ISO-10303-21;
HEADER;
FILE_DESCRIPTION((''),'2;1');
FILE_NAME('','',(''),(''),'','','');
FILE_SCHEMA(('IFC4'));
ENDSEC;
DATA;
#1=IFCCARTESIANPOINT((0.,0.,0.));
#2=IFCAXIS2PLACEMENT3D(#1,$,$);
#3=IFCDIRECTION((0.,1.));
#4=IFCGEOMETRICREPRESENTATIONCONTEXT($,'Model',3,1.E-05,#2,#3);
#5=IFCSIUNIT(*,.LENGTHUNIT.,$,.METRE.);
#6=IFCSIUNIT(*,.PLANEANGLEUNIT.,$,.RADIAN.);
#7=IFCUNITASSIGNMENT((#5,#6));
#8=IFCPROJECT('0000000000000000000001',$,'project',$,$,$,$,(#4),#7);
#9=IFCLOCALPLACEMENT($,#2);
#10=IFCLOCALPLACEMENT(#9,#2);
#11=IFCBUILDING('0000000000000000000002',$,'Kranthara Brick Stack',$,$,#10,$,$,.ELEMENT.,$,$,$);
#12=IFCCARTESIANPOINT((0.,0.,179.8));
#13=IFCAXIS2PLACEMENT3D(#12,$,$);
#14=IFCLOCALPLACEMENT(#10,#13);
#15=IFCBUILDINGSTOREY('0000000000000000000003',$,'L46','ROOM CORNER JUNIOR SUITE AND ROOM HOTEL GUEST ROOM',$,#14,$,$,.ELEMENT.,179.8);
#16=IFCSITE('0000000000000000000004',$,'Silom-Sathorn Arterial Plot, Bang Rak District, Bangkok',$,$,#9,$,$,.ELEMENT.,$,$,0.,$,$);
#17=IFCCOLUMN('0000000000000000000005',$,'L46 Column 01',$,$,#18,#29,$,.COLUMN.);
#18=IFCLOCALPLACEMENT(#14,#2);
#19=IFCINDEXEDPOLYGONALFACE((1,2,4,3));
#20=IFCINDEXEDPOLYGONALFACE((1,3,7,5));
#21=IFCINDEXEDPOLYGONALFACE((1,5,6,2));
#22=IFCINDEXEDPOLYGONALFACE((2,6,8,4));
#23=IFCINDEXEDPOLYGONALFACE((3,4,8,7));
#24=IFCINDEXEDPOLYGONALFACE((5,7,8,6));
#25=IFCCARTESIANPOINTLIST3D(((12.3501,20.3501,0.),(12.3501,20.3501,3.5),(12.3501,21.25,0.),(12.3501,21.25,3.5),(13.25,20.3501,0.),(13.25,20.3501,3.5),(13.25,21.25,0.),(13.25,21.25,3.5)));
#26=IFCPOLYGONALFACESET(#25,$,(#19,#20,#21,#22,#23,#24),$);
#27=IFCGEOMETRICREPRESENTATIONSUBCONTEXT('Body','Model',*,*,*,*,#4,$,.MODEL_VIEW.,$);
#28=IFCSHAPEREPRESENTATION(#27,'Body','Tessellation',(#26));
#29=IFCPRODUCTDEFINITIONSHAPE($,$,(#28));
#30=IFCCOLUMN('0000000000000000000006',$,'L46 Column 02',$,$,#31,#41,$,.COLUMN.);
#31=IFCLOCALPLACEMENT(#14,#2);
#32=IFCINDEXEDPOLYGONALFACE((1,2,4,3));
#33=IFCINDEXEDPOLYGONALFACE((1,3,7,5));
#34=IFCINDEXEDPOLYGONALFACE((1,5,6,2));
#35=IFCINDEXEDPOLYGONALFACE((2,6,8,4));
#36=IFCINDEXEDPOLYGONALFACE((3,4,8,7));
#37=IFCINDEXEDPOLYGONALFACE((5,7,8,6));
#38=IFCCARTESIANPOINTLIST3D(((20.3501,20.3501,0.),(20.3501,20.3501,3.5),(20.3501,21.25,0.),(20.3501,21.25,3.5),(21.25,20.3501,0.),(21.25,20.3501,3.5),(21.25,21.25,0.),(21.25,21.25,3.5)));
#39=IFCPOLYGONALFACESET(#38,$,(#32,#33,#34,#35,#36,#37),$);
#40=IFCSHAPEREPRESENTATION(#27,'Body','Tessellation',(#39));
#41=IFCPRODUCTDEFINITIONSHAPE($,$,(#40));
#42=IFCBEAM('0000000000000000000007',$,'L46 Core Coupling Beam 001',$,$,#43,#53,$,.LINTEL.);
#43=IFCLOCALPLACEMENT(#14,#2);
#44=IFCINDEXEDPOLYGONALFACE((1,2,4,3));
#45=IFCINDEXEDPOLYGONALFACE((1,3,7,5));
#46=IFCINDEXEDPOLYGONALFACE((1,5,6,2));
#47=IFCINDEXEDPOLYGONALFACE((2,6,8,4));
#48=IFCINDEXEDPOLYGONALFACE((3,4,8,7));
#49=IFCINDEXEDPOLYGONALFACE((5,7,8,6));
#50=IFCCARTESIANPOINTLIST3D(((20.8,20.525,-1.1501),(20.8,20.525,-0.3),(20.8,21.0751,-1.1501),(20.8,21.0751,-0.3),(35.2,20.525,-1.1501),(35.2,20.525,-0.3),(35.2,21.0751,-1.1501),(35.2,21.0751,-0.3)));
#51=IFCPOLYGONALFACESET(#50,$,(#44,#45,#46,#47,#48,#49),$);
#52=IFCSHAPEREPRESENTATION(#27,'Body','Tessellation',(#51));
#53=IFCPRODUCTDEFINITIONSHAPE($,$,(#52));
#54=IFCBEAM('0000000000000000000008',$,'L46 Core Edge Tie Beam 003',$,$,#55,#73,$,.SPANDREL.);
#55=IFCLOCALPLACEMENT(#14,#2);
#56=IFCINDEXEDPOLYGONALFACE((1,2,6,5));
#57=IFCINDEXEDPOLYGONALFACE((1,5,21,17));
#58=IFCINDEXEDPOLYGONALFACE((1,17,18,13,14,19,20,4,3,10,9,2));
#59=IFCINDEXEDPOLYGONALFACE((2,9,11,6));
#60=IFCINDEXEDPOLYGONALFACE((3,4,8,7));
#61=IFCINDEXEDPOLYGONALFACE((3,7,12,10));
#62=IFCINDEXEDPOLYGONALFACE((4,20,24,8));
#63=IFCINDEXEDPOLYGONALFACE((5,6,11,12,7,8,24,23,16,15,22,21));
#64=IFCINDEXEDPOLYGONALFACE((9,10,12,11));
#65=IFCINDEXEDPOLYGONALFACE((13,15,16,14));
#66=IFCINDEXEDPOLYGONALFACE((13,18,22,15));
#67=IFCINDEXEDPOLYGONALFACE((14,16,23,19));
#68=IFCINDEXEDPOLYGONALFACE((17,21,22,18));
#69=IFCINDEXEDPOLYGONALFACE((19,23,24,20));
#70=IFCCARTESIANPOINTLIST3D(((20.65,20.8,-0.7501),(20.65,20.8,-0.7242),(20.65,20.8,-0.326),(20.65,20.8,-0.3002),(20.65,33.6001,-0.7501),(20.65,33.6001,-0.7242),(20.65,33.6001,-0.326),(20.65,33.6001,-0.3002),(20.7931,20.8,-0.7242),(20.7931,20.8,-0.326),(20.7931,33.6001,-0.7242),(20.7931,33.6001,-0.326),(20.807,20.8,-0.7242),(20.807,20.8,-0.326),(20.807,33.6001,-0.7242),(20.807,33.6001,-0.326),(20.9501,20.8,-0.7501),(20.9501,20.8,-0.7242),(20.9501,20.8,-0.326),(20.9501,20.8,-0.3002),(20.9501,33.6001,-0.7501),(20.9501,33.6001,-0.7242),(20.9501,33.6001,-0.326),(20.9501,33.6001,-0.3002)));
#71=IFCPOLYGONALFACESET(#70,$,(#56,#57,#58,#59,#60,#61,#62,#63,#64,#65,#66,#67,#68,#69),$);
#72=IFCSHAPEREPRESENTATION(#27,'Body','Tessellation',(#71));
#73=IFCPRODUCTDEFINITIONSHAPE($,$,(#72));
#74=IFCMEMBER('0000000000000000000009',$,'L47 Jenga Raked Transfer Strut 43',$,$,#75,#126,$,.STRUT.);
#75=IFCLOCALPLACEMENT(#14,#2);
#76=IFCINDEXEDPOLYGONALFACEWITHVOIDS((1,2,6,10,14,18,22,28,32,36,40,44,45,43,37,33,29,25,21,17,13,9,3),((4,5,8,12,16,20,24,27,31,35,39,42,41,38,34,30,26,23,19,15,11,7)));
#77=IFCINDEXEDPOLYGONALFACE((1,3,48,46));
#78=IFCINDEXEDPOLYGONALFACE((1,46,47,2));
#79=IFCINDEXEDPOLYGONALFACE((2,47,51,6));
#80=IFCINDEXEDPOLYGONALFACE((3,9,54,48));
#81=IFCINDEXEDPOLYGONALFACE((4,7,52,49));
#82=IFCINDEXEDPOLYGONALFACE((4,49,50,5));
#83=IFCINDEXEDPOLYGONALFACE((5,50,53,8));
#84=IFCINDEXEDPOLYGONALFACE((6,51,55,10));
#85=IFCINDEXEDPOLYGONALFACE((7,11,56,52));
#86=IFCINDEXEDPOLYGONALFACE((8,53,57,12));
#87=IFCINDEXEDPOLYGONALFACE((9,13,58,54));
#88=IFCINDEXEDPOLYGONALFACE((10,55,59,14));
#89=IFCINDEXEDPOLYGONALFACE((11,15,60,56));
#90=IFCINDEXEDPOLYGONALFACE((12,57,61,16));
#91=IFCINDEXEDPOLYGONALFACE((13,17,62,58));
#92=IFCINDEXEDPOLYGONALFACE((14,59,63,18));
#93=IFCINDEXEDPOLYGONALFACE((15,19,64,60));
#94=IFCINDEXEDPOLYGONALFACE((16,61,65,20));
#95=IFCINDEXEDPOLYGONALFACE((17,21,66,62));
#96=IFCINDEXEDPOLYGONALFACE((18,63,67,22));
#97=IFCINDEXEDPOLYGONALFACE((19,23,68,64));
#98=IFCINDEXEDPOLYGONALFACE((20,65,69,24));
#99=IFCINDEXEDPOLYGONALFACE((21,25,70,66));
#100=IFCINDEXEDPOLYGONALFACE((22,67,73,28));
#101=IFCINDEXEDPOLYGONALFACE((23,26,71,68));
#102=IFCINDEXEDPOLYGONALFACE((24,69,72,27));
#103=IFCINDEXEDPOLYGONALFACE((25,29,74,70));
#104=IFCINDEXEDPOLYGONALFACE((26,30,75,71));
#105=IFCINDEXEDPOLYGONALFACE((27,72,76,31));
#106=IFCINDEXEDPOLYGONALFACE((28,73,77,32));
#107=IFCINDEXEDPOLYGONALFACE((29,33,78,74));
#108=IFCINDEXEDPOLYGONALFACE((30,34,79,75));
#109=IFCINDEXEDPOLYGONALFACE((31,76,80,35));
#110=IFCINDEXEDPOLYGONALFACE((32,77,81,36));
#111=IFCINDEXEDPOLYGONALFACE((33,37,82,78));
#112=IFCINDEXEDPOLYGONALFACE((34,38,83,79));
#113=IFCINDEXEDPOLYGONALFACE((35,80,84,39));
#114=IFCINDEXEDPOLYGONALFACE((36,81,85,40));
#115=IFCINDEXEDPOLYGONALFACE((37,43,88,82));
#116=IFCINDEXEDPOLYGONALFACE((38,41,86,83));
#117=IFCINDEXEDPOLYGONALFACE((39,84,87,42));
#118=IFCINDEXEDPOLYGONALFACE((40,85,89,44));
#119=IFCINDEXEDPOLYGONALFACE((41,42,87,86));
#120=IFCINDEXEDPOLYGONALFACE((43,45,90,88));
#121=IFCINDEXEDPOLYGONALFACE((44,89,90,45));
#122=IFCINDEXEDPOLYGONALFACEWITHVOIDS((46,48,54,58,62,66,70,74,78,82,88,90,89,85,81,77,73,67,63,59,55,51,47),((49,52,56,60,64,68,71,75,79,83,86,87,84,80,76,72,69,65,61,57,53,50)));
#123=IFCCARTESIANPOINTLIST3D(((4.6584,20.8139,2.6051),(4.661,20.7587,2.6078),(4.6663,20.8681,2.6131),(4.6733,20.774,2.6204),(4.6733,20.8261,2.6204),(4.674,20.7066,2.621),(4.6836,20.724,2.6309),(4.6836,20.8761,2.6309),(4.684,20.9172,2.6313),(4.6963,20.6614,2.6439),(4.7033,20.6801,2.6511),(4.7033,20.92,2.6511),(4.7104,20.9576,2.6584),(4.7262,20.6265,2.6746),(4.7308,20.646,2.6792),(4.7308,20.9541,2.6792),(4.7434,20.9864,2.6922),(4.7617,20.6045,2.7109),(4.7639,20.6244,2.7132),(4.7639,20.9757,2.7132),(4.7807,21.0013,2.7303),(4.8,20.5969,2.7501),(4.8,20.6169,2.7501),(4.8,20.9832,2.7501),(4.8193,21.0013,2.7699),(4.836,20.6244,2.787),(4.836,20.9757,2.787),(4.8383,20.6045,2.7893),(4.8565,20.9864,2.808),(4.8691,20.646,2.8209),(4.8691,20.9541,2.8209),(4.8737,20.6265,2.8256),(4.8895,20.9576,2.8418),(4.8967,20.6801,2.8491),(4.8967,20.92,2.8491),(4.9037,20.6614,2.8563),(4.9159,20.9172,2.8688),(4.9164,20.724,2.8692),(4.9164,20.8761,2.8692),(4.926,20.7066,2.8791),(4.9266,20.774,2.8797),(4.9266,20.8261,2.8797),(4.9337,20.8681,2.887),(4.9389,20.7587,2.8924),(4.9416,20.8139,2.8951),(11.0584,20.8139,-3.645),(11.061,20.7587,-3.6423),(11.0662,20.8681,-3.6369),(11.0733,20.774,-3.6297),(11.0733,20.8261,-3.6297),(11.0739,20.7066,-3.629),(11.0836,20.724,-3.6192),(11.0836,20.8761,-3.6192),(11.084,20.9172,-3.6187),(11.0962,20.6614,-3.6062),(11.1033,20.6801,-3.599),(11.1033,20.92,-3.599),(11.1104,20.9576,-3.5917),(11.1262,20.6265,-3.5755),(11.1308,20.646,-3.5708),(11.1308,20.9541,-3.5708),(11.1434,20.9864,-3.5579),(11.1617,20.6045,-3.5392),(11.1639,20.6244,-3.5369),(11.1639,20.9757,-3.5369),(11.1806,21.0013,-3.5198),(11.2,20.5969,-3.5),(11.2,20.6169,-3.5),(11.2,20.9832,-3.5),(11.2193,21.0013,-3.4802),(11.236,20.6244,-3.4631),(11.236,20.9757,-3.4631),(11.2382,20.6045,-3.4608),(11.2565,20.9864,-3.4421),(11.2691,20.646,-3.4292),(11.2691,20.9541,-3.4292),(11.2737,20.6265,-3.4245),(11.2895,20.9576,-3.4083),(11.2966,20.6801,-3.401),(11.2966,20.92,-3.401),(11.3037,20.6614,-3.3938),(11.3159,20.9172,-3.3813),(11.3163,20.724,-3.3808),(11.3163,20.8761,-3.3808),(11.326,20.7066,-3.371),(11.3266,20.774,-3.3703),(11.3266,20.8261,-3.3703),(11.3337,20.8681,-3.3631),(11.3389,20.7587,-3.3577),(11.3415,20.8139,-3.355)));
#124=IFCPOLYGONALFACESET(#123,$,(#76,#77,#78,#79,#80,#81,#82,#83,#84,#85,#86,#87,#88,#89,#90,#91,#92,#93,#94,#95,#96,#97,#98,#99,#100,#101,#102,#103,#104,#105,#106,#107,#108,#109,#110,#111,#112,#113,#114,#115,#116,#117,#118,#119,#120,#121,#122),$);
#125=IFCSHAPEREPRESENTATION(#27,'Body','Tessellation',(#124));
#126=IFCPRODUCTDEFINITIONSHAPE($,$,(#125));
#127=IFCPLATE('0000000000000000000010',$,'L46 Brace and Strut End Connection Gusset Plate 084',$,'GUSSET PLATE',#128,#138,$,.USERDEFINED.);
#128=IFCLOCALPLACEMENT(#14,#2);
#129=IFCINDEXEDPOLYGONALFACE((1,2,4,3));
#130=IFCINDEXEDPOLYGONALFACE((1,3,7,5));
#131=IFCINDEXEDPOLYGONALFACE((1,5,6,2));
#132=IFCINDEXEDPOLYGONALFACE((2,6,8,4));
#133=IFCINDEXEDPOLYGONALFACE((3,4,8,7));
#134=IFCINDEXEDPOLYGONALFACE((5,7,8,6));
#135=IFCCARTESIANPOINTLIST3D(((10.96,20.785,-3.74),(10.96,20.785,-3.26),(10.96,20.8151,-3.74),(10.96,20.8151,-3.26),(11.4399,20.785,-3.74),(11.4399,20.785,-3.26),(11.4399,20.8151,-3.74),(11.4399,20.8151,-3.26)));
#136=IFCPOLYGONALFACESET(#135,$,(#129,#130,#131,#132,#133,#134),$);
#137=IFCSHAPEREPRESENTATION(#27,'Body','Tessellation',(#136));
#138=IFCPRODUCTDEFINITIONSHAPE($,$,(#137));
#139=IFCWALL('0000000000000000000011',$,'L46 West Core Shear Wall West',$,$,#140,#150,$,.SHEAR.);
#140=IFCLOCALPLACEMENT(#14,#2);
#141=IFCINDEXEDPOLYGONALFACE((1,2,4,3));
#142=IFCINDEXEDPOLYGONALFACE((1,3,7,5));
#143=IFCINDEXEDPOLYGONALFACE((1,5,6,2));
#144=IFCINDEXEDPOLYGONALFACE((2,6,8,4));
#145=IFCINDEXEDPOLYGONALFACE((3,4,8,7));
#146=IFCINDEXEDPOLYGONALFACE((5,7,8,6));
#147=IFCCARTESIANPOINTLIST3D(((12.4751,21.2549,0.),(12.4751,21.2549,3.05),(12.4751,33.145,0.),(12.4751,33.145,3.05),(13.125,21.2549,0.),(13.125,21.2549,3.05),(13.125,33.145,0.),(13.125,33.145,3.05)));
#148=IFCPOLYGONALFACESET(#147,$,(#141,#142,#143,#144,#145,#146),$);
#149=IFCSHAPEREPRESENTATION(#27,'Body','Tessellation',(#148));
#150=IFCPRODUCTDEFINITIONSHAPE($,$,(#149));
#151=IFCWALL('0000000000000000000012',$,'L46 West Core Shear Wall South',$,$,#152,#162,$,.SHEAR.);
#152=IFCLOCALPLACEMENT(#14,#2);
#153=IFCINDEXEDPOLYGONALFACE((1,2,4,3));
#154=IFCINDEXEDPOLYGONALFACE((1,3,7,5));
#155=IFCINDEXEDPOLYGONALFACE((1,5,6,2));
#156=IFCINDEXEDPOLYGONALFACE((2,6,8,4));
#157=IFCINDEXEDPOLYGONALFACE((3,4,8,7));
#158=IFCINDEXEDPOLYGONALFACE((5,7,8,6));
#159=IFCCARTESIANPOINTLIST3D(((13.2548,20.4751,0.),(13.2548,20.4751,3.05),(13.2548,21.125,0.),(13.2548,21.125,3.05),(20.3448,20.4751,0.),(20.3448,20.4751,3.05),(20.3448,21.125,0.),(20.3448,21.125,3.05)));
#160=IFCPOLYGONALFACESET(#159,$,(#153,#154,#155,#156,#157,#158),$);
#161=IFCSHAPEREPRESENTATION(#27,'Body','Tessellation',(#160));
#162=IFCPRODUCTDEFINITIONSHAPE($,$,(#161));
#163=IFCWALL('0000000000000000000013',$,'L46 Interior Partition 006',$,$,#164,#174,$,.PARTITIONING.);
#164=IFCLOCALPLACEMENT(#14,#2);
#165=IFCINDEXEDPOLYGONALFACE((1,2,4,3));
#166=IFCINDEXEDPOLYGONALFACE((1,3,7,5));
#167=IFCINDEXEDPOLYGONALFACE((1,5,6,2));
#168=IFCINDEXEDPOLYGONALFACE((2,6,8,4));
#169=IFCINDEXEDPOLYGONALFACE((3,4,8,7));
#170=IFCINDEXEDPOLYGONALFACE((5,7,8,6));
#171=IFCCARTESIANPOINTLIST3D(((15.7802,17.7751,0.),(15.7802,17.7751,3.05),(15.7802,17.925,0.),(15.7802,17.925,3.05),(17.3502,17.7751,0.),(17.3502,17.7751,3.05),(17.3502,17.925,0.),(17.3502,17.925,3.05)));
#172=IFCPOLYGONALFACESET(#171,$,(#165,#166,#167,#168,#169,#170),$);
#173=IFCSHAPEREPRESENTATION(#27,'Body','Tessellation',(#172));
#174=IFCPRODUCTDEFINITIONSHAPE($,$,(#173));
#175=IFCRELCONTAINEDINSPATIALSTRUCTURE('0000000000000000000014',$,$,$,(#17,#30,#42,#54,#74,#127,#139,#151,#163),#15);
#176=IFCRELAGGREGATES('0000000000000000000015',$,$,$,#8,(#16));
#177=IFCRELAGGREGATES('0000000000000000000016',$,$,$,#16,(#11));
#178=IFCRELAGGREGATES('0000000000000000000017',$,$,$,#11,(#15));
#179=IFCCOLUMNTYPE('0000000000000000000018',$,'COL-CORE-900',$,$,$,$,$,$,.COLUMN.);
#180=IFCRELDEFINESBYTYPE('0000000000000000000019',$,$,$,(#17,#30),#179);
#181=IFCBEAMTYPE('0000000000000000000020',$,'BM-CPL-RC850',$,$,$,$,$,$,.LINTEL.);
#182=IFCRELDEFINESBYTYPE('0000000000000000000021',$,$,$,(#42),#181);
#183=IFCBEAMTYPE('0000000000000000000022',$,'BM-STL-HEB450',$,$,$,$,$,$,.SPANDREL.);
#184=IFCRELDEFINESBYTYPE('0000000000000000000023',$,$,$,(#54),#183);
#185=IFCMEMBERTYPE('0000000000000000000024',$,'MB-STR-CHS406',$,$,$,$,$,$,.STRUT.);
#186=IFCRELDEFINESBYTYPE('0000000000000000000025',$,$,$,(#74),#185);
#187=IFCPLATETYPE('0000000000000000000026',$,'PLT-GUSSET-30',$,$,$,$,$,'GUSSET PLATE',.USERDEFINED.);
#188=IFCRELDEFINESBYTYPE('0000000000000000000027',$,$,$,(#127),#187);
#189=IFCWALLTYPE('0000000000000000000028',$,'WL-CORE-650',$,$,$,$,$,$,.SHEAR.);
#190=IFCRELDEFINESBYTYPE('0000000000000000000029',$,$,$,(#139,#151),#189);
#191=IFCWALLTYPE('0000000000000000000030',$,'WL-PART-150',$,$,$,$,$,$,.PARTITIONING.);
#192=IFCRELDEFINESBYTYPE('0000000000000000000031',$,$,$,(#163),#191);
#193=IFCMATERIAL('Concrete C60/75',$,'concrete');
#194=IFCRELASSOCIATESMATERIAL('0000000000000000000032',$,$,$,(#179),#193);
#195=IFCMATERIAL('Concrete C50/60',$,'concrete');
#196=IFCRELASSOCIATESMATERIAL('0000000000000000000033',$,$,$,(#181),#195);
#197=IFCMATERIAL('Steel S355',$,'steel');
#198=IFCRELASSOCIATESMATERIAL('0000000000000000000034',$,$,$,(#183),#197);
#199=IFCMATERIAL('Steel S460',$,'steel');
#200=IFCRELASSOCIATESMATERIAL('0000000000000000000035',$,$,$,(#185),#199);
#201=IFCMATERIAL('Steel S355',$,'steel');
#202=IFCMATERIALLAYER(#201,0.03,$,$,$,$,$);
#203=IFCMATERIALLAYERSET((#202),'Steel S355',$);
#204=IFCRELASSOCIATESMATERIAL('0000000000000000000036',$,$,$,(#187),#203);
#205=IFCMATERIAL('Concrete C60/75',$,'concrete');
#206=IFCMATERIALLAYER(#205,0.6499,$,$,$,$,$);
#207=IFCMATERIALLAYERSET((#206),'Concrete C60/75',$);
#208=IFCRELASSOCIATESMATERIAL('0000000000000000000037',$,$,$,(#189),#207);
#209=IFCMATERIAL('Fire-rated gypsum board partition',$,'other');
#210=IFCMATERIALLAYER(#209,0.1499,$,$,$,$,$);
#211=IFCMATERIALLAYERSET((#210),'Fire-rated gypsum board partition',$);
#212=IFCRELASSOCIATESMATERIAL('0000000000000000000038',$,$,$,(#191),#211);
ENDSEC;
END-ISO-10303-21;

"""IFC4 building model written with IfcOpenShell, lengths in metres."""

from ifc_helpers import new_model, si_unit, direction, frame, frame_2d, origin, origin_2d, place, context, subcontext, project, spatial, rectangle, hollow_circle, i_section, extrude, material, layer, layer_set, material_profile, profile_set, type_object, element, save


model = new_model("IFC4")

# Units and contexts
model_context = context("Model", 3, precision=1e-05, world=origin(), true_north=direction((0.0, 1.0)))
body_context = subcontext(model_context, "Body", "Model", "MODEL_VIEW")
ifc_project = project(units=[si_unit("LENGTHUNIT", "METRE"), si_unit("PLANEANGLEUNIT", "RADIAN")], contexts=[model_context])

# Site, building, storey
site_placement = place(None, origin())
site = spatial("IfcSite", under=ifc_project, at=site_placement, Name="Silom-Sathorn Arterial Plot, Bang Rak District, Bangkok", CompositionType="ELEMENT", RefElevation=0.0)
building_placement = place(site_placement, origin())
building = spatial("IfcBuilding", under=site, at=building_placement, Name="Kranthara Brick Stack", CompositionType="ELEMENT")
storey_placement = place(building_placement, frame((0.0, 0.0, 179.8)))
storey = spatial("IfcBuildingStorey", under=building, at=storey_placement, Name="L46", Description="ROOM CORNER JUNIOR SUITE AND ROOM HOTEL GUEST ROOM", CompositionType="ELEMENT", Elevation=179.8)

# Columns
ifc_material_1 = material(Name="Concrete C60/75", Category="concrete")
ifc_material_profile_1 = material_profile(ifc_material_1, rectangle(XDim=0.8999, YDim=0.8999, at=origin_2d()), Name="RC 900x900")
ifc_profile_set_1 = profile_set([ifc_material_profile_1], Name="Concrete C60/75")
column_type = type_object("IfcColumnType", Name="COL-CORE-900", PredefinedType="COLUMN", material=ifc_profile_set_1)
for number, where, z_axis, x_axis, name in (
    (1, (12.8, 20.8, 0.0), (0.0, 0.0, 1.0), (1.0, 0.0, 0.0), "L46 Column 01"),
    (2, (20.8, 20.8, 0.0), (0.0, 0.0, 1.0), (1.0, 0.0, 0.0), "L46 Column 02"),
):
    element("IfcColumn", number, at=place(storey_placement, frame(where, z_axis=z_axis, x_axis=x_axis)), inside=storey, type_object=column_type, Name=name, PredefinedType="COLUMN", context=body_context, shape_type="SweptSolid", body=[
        extrude(rectangle(XDim=0.8999, YDim=0.8999, at=origin_2d()), origin(), (0.0, 0.0, 1.0), 3.5),
    ])

# Beams
ifc_material_2 = material(Name="Concrete C50/60", Category="concrete")
ifc_material_profile_2 = material_profile(ifc_material_2, rectangle(XDim=0.55, YDim=0.8501, at=origin_2d()), Name="RC 550x850")
ifc_profile_set_2 = profile_set([ifc_material_profile_2], Name="Concrete C50/60")
beam_type_1 = type_object("IfcBeamType", Name="BM-CPL-RC850", PredefinedType="LINTEL", material=ifc_profile_set_2)
beam_1_placement = place(storey_placement, frame((20.8, 20.8, -0.7251), z_axis=(1.0, 0.0, 0.0), x_axis=(0.0, 1.0, 0.0)))
element("IfcBeam", 3, at=beam_1_placement, inside=storey, type_object=beam_type_1, Name="L46 Core Coupling Beam 001", PredefinedType="LINTEL", context=body_context, shape_type="SweptSolid", body=[
    extrude(rectangle(XDim=0.55, YDim=0.8501, at=origin_2d()), origin(), (0.0, 0.0, 1.0), 14.3999),
])
ifc_material_3 = material(Name="Steel S355", Category="steel")
ifc_material_profile_3 = material_profile(ifc_material_3, i_section(OverallWidth=0.3, OverallDepth=0.45, WebThickness=0.0139, FlangeThickness=0.0259, at=origin_2d()), Name="HEB 450")
ifc_profile_set_3 = profile_set([ifc_material_profile_3], Name="Steel S355")
beam_type_2 = type_object("IfcBeamType", Name="BM-STL-HEB450", PredefinedType="SPANDREL", material=ifc_profile_set_3)
beam_2_placement = place(storey_placement, frame((20.8, 20.8, -0.5251), z_axis=(0.0, 1.0, 0.0), x_axis=(-1.0, 0.0, 0.0)))
element("IfcBeam", 4, at=beam_2_placement, inside=storey, type_object=beam_type_2, Name="L46 Core Edge Tie Beam 003", PredefinedType="SPANDREL", context=body_context, shape_type="SweptSolid", body=[
    extrude(i_section(OverallWidth=0.3, OverallDepth=0.45, WebThickness=0.0139, FlangeThickness=0.0259, at=origin_2d()), origin(), (0.0, 0.0, 1.0), 12.8),
])

# Member
ifc_material_4 = material(Name="Steel S460", Category="steel")
ifc_material_profile_4 = material_profile(ifc_material_4, hollow_circle(Radius=0.2031, WallThickness=0.02, at=origin_2d()), Name="CHS 406.4x20")
ifc_profile_set_4 = profile_set([ifc_material_profile_4], Name="Steel S460")
member_type = type_object("IfcMemberType", Name="MB-STR-CHS406", PredefinedType="STRUT", material=ifc_profile_set_4)
member_placement = place(storey_placement, frame((11.2, 20.8, -3.5), z_axis=(-0.715436, 0.0, 0.698678), x_axis=(0.0, -1.0, 0.0)))
element("IfcMember", 5, at=member_placement, inside=storey, type_object=member_type, Name="L47 Jenga Raked Transfer Strut 43", PredefinedType="STRUT", context=body_context, shape_type="SweptSolid", body=[
    extrude(hollow_circle(Radius=0.2031, WallThickness=0.02, at=origin_2d()), origin(), (0.0, 0.0, 1.0), 8.9456),
])

# Plate
ifc_material_5 = material(Name="Steel S355", Category="steel")
ifc_layer_1 = layer(ifc_material_5, 0.03)
ifc_layer_set_1 = layer_set([ifc_layer_1], Name="Steel S355")
plate_type = type_object("IfcPlateType", Name="PLT-GUSSET-30", ElementType="GUSSET PLATE", PredefinedType="USERDEFINED", material=ifc_layer_set_1)
plate_placement = place(storey_placement, frame((11.2, 20.8, -3.74), z_axis=(0.0, 0.0, 1.0), x_axis=(1.0, 0.0, 0.0)))
element("IfcPlate", 6, at=plate_placement, inside=storey, type_object=plate_type, Name="L46 Brace and Strut End Connection Gusset Plate 084", ObjectType="GUSSET PLATE", PredefinedType="USERDEFINED", context=body_context, shape_type="SweptSolid", body=[
    extrude(rectangle(XDim=0.48, YDim=0.03, at=origin_2d()), origin(), (0.0, 0.0, 1.0), 0.48),
])

# Walls
ifc_material_6 = material(Name="Concrete C60/75", Category="concrete")
ifc_layer_2 = layer(ifc_material_6, 0.6499)
ifc_layer_set_2 = layer_set([ifc_layer_2], Name="Concrete C60/75")
wall_type_1 = type_object("IfcWallType", Name="WL-CORE-650", PredefinedType="SHEAR", material=ifc_layer_set_2)
wall_1_placement = place(storey_placement, frame((12.8, 21.2549, 0.0), z_axis=(0.0, 0.0, 1.0), x_axis=(0.0, 1.0, 0.0)))
element("IfcWall", 7, at=wall_1_placement, inside=storey, type_object=wall_type_1, Name="L46 West Core Shear Wall West", PredefinedType="SHEAR", context=body_context, shape_type="SweptSolid", body=[
    extrude(rectangle(XDim=11.8901, YDim=0.6499, at=frame_2d((5.9451, 0.0))), origin(), (0.0, 0.0, 1.0), 3.05),
])
wall_2_placement = place(storey_placement, frame((13.2549, 20.8, 0.0), z_axis=(0.0, 0.0, 1.0), x_axis=(1.0, 0.0, 0.0)))
element("IfcWall", 8, at=wall_2_placement, inside=storey, type_object=wall_type_1, Name="L46 West Core Shear Wall South", PredefinedType="SHEAR", context=body_context, shape_type="SweptSolid", body=[
    extrude(rectangle(XDim=7.0901, YDim=0.6499, at=frame_2d((3.5449, 0.0))), origin(), (0.0, 0.0, 1.0), 3.05),
])
ifc_material_7 = material(Name="Fire-rated gypsum board partition", Category="other")
ifc_layer_3 = layer(ifc_material_7, 0.1499)
ifc_layer_set_3 = layer_set([ifc_layer_3], Name="Fire-rated gypsum board partition")
wall_type_2 = type_object("IfcWallType", Name="WL-PART-150", PredefinedType="PARTITIONING", material=ifc_layer_set_3)
wall_3_placement = place(storey_placement, frame((15.78, 17.8501, 0.0), z_axis=(0.0, 0.0, 1.0), x_axis=(1.0, 0.0, 0.0)))
element("IfcWall", 9, at=wall_3_placement, inside=storey, type_object=wall_type_2, Name="L46 Interior Partition 006", PredefinedType="PARTITIONING", context=body_context, shape_type="SweptSolid", body=[
    extrude(rectangle(XDim=1.5701, YDim=0.1499, at=frame_2d((0.7852, 0.0))), origin(), (0.0, 0.0, 1.0), 3.05),
])

save(model, "model.ifc")
